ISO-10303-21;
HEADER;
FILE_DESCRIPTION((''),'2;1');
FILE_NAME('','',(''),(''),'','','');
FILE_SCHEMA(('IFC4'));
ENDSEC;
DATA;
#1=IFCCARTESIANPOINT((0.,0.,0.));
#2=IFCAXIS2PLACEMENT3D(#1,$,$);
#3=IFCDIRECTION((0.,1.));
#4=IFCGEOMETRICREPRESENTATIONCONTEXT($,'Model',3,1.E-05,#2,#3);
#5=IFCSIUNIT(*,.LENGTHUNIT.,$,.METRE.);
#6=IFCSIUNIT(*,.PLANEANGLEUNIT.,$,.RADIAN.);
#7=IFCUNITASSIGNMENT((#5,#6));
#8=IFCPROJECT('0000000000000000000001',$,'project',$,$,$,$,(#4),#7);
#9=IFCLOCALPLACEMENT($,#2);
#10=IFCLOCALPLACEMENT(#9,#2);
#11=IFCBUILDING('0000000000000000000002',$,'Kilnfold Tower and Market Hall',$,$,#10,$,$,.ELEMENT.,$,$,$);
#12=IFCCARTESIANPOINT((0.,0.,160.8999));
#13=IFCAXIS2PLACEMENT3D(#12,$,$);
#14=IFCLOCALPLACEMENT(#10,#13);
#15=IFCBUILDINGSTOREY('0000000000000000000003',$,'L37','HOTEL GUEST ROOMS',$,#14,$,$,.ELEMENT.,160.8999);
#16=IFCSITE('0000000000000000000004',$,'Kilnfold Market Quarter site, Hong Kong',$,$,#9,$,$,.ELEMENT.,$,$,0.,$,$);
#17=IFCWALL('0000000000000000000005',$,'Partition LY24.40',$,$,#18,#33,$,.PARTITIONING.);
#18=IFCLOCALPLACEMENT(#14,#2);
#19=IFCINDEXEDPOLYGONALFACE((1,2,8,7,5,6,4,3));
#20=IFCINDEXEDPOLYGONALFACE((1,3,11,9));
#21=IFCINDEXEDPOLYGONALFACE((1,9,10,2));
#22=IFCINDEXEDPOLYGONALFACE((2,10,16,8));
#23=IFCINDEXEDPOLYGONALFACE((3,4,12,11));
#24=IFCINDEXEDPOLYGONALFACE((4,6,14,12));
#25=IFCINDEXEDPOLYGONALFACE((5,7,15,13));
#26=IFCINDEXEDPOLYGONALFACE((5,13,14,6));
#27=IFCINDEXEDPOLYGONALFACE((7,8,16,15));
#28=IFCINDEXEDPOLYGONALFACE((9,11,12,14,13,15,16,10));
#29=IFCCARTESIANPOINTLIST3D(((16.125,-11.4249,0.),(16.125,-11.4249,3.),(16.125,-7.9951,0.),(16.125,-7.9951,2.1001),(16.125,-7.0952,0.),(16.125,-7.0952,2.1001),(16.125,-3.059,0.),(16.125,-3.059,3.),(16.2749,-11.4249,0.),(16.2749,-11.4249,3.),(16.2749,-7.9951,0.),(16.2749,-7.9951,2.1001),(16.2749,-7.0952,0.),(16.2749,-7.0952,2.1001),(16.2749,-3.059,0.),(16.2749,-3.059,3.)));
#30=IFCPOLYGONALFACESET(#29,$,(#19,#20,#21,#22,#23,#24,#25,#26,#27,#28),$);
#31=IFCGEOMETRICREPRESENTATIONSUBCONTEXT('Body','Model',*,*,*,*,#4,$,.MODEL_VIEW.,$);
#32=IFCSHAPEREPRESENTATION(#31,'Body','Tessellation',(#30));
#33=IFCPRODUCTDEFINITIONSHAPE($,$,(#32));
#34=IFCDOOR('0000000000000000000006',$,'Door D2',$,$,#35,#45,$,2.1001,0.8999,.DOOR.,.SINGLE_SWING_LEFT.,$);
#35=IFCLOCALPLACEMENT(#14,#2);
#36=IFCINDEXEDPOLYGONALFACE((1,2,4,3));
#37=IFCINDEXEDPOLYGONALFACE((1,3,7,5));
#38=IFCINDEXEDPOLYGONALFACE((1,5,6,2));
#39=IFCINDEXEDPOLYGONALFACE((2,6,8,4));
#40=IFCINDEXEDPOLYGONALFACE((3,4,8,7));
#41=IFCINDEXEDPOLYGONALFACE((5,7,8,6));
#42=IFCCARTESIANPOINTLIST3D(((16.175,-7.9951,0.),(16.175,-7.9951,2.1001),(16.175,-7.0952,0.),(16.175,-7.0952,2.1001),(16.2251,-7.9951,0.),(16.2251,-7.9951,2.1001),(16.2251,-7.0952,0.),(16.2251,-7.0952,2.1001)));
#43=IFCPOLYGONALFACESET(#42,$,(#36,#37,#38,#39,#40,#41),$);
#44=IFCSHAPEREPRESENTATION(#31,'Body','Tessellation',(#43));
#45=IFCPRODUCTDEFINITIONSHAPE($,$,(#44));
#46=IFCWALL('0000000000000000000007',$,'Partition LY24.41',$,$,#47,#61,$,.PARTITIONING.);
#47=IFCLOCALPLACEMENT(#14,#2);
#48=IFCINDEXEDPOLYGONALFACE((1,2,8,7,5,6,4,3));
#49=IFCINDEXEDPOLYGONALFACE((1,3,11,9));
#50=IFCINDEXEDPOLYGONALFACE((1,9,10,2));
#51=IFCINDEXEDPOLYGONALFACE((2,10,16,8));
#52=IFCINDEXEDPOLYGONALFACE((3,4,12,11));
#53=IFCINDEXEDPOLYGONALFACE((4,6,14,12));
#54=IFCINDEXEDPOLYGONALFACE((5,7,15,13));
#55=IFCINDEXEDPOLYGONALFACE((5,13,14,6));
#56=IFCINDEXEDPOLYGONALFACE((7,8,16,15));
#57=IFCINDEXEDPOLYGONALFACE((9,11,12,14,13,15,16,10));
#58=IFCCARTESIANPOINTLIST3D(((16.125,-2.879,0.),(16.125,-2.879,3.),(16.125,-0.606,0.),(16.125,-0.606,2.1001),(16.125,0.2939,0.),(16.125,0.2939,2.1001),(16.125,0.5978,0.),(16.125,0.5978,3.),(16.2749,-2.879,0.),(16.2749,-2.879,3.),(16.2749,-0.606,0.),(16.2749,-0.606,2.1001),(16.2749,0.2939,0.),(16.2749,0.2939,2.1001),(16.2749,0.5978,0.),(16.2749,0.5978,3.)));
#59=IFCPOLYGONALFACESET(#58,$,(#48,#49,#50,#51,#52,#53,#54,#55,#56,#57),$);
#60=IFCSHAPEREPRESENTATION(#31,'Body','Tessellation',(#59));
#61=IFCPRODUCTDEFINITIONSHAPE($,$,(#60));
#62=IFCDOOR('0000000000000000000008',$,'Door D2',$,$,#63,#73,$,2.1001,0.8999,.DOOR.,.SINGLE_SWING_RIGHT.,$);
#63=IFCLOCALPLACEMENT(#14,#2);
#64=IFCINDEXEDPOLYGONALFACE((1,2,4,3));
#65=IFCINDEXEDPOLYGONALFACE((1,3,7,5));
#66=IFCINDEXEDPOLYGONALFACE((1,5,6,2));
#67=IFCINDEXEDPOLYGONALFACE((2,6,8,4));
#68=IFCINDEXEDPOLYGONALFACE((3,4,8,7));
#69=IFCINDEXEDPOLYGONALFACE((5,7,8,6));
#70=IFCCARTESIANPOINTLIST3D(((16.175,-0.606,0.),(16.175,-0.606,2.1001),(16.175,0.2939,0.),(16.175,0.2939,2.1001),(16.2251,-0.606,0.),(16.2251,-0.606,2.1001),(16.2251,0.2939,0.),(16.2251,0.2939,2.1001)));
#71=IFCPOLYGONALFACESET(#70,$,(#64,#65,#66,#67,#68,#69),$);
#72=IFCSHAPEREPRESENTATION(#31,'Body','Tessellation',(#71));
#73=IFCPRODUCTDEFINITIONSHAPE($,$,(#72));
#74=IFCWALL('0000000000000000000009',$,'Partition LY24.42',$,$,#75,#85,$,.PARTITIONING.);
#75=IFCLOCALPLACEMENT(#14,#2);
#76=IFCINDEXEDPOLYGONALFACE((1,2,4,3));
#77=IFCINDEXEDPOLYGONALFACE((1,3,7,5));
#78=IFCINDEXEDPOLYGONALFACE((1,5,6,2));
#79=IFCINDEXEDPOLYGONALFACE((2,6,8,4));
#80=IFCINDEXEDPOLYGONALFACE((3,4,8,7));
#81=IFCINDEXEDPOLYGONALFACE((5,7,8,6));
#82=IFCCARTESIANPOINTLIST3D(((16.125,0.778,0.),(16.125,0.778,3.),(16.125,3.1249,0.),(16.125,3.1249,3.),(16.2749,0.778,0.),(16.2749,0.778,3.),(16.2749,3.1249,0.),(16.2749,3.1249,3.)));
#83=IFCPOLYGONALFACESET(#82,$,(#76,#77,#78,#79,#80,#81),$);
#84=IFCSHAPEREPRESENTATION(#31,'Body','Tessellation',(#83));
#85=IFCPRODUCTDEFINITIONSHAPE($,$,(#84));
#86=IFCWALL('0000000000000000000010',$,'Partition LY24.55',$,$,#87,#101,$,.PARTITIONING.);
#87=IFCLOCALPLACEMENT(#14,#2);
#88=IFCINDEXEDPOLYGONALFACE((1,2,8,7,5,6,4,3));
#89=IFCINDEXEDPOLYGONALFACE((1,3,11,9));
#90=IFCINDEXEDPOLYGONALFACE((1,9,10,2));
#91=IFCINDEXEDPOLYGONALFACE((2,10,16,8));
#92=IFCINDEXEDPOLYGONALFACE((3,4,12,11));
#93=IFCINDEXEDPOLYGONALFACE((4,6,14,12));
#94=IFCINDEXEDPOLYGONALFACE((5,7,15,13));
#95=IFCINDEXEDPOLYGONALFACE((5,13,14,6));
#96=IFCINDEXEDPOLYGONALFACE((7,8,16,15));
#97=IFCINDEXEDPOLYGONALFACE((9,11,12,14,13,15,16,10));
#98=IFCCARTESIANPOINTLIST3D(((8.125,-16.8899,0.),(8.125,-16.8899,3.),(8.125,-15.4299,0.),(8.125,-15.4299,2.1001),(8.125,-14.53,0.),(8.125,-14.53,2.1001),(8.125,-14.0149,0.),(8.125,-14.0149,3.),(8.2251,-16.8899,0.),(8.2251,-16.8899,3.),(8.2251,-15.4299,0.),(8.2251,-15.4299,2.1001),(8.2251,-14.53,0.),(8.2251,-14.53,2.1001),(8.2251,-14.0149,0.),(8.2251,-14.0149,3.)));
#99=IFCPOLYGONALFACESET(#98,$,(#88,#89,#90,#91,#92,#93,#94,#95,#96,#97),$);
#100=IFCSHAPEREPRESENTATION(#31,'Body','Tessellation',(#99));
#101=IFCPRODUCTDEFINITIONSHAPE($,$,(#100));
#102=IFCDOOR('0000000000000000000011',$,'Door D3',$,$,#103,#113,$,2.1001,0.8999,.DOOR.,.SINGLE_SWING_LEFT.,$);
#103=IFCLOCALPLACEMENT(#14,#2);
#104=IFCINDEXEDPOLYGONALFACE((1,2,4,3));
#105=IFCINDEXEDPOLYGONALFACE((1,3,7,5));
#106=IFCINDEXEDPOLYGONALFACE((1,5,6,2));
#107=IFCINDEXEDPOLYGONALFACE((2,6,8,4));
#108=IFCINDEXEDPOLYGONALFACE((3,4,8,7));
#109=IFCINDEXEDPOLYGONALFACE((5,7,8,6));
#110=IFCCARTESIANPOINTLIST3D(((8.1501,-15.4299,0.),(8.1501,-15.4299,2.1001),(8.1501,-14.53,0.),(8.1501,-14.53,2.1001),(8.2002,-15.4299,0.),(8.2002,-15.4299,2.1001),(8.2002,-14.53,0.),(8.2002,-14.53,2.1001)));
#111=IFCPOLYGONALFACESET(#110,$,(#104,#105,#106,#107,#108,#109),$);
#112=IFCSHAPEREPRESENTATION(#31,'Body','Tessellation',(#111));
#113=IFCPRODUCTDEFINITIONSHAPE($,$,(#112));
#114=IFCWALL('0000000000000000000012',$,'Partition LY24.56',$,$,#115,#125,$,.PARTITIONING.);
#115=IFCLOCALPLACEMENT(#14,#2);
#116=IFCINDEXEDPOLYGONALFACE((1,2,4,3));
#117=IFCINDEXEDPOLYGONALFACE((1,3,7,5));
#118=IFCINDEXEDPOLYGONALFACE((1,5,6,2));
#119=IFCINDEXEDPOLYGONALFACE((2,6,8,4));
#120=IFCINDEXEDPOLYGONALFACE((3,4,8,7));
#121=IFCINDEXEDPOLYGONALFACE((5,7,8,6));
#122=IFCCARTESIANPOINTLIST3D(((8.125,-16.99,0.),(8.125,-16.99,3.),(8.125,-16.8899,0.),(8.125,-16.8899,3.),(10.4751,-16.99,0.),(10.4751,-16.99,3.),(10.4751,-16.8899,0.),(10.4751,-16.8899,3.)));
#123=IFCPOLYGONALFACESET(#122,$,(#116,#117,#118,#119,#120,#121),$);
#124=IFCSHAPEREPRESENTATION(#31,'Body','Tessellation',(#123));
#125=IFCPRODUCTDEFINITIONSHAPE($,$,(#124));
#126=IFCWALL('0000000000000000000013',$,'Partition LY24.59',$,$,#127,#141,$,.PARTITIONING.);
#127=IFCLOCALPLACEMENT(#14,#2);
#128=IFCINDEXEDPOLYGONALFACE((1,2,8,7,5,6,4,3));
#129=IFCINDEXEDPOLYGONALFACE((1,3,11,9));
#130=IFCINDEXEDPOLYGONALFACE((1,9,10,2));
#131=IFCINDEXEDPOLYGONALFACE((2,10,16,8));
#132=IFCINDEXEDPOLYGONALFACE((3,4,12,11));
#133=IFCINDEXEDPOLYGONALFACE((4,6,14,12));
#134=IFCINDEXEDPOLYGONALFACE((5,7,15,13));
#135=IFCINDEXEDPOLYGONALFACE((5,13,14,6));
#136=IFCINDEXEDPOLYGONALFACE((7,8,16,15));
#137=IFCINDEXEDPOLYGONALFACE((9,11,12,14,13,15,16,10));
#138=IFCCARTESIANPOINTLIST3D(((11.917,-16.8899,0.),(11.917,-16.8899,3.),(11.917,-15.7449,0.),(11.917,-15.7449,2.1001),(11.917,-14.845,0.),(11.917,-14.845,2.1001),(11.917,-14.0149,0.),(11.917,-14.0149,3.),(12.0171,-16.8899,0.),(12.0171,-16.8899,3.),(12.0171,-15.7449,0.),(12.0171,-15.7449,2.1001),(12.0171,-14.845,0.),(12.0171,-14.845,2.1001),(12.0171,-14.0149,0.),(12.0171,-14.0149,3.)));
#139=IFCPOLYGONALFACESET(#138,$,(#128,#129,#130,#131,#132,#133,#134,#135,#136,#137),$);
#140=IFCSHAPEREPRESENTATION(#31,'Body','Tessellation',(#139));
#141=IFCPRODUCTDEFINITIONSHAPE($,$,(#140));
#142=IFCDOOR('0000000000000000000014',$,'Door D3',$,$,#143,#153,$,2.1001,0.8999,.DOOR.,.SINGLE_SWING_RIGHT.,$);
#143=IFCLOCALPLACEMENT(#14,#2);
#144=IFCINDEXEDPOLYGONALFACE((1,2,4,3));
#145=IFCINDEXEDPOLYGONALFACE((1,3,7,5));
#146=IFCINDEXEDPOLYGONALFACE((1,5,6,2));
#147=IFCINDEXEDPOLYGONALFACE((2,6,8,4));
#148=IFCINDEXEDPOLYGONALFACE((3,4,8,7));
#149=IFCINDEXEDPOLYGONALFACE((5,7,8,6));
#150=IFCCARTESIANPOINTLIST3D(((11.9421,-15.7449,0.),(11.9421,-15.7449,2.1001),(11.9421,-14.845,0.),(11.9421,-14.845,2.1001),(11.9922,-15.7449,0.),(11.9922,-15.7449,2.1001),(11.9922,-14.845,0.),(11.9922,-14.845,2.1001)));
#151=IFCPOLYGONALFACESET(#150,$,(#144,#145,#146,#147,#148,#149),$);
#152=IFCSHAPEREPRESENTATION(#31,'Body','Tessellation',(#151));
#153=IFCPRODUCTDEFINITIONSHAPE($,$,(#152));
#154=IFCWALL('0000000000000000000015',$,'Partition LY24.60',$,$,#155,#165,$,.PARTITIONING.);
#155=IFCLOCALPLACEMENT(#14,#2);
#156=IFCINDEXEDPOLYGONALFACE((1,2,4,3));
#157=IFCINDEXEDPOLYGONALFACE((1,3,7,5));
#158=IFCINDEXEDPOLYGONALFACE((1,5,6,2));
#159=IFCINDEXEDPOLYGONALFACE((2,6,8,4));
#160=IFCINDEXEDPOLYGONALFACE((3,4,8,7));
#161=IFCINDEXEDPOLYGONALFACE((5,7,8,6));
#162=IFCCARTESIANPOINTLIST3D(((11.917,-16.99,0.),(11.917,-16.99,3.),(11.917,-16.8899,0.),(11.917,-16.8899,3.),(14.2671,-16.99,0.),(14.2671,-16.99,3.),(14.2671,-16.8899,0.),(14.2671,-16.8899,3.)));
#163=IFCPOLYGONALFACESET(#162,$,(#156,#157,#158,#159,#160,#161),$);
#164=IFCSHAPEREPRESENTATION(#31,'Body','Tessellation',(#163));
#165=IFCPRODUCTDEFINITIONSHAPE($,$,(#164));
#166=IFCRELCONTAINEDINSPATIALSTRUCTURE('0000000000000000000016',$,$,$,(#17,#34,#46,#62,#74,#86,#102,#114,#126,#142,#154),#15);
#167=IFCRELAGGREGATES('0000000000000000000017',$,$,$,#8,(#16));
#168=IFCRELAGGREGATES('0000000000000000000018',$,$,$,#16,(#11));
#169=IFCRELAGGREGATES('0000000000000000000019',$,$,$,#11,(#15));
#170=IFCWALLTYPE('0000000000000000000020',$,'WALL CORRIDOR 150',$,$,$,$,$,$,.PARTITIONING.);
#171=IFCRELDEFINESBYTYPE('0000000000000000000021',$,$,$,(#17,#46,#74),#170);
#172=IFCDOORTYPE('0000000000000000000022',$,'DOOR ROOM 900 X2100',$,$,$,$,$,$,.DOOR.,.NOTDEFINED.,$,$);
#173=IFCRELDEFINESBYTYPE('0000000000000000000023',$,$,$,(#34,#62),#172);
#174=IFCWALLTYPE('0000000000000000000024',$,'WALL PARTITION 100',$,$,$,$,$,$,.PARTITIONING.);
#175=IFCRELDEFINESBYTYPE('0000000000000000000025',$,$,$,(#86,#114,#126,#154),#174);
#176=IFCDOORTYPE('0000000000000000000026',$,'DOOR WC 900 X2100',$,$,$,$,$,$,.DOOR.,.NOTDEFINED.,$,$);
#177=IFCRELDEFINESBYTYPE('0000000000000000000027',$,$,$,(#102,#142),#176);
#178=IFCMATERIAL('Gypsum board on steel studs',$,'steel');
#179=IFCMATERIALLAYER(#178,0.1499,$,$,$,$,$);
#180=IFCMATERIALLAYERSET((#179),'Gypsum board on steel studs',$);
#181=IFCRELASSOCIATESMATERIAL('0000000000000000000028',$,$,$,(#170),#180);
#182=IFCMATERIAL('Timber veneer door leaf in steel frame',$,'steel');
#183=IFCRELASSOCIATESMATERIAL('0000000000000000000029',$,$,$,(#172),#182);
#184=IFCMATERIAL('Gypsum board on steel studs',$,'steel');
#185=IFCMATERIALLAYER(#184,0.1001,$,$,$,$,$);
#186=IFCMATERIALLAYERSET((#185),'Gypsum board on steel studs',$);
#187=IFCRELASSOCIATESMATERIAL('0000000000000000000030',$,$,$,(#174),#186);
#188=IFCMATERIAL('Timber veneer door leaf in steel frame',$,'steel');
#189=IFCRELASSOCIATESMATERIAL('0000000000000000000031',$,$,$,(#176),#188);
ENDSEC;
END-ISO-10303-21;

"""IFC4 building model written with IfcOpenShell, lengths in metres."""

from ifc_helpers import new_model, si_unit, direction, frame, frame_2d, origin, place, context, subcontext, project, spatial, rectangle, extrude, material, layer, layer_set, type_object, element, fill, save


model = new_model("IFC4")

# Units and contexts
model_context = context("Model", 3, precision=1e-05, world=origin(), true_north=direction((0.0, 1.0)))
body_context = subcontext(model_context, "Body", "Model", "MODEL_VIEW")
ifc_project = project(units=[si_unit("LENGTHUNIT", "METRE"), si_unit("PLANEANGLEUNIT", "RADIAN")], contexts=[model_context])

# Site, building, storey
site_placement = place(None, origin())
site = spatial("IfcSite", under=ifc_project, at=site_placement, Name="Kilnfold Market Quarter site, Hong Kong", CompositionType="ELEMENT", RefElevation=0.0)
building_placement = place(site_placement, origin())
building = spatial("IfcBuilding", under=site, at=building_placement, Name="Kilnfold Tower and Market Hall", CompositionType="ELEMENT")
storey_placement = place(building_placement, frame((0.0, 0.0, 160.8999)))
storey = spatial("IfcBuildingStorey", under=building, at=storey_placement, Name="L37", Description="HOTEL GUEST ROOMS", CompositionType="ELEMENT", Elevation=160.8999)

# Shared definitions
ifc_material_1 = material(Name="Gypsum board on steel studs", Category="steel")
ifc_layer_1 = layer(ifc_material_1, 0.1499)
ifc_layer_set_1 = layer_set([ifc_layer_1], Name="Gypsum board on steel studs")
wall_type_1 = type_object("IfcWallType", Name="WALL CORRIDOR 150", PredefinedType="PARTITIONING", material=ifc_layer_set_1)
ifc_material_2 = material(Name="Timber veneer door leaf in steel frame", Category="steel")
door_type_1 = type_object("IfcDoorType", Name="DOOR ROOM 900 X2100", OperationType="NOTDEFINED", PredefinedType="DOOR", material=ifc_material_2)

# Walls, openings, doors
wall_1_placement = place(storey_placement, frame((16.2, -11.425, 0.0), z_axis=(0.0, 0.0, 1.0), x_axis=(0.0, 1.0, 0.0)))
wall_1 = element("IfcWall", 1, at=wall_1_placement, inside=storey, type_object=wall_type_1, Name="Partition LY24.40", PredefinedType="PARTITIONING", context=body_context, shape_type="SweptSolid", body=[
    extrude(rectangle(XDim=8.366, YDim=0.1499, at=frame_2d((4.1831, 0.0))), origin(), (0.0, 0.0, 1.0), 3.0),
])
opening_1_placement = place(wall_1_placement, frame((3.4299, 0.0, 0.0)))
opening_1 = element("IfcOpeningElement", 2, at=opening_1_placement, cuts=wall_1, PredefinedType="OPENING", context=body_context, shape_type="SweptSolid", body=[
    extrude(rectangle(XDim=0.8999, YDim=2.1001, at=frame_2d((0.45, 1.05))), frame((0.0, 0.085, 0.0), z_axis=(0.0, -1.0, 0.0), x_axis=(1.0, 0.0, 0.0)), (0.0, 0.0, 1.0), 0.1699),
])
door_1_placement = place(opening_1_placement, origin())
door_1 = element("IfcDoor", 3, at=door_1_placement, inside=storey, type_object=door_type_1, Name="Door D2", OperationType="SINGLE_SWING_LEFT", OverallHeight=2.1001, OverallWidth=0.8999, PredefinedType="DOOR", context=body_context, shape_type="SweptSolid", body=[
    extrude(rectangle(XDim=0.8999, YDim=2.1001, at=frame_2d((0.45, 1.05))), frame((0.0, 0.0249, 0.0), z_axis=(0.0, -1.0, 0.0), x_axis=(1.0, 0.0, 0.0)), (0.0, 0.0, 1.0), 0.05),
])
fill(opening_1, door_1)
wall_2_placement = place(storey_placement, frame((16.2, -2.8789, 0.0), z_axis=(0.0, 0.0, 1.0), x_axis=(0.0, 1.0, 0.0)))
wall_2 = element("IfcWall", 4, at=wall_2_placement, inside=storey, type_object=wall_type_1, Name="Partition LY24.41", PredefinedType="PARTITIONING", context=body_context, shape_type="SweptSolid", body=[
    extrude(rectangle(XDim=3.4768, YDim=0.1499, at=frame_2d((1.7383, 0.0))), origin(), (0.0, 0.0, 1.0), 3.0),
])
opening_2_placement = place(wall_2_placement, frame((2.2729, 0.0, 0.0)))
opening_2 = element("IfcOpeningElement", 5, at=opening_2_placement, cuts=wall_2, PredefinedType="OPENING", context=body_context, shape_type="SweptSolid", body=[
    extrude(rectangle(XDim=0.8999, YDim=2.1001, at=frame_2d((0.45, 1.05))), frame((0.0, 0.085, 0.0), z_axis=(0.0, -1.0, 0.0), x_axis=(1.0, 0.0, 0.0)), (0.0, 0.0, 1.0), 0.1699),
])
door_2_placement = place(opening_2_placement, origin())
door_2 = element("IfcDoor", 6, at=door_2_placement, inside=storey, type_object=door_type_1, Name="Door D2", OperationType="SINGLE_SWING_RIGHT", OverallHeight=2.1001, OverallWidth=0.8999, PredefinedType="DOOR", context=body_context, shape_type="SweptSolid", body=[
    extrude(rectangle(XDim=0.8999, YDim=2.1001, at=frame_2d((0.45, 1.05))), frame((0.0, 0.0249, 0.0), z_axis=(0.0, -1.0, 0.0), x_axis=(1.0, 0.0, 0.0)), (0.0, 0.0, 1.0), 0.05),
])
fill(opening_2, door_2)

# Wall
wall_3_placement = place(storey_placement, frame((16.2, 0.7781, 0.0), z_axis=(0.0, 0.0, 1.0), x_axis=(0.0, 1.0, 0.0)))
element("IfcWall", 7, at=wall_3_placement, inside=storey, type_object=wall_type_1, Name="Partition LY24.42", PredefinedType="PARTITIONING", context=body_context, shape_type="SweptSolid", body=[
    extrude(rectangle(XDim=2.3469, YDim=0.1499, at=frame_2d((1.1733, 0.0))), origin(), (0.0, 0.0, 1.0), 3.0),
])

# Wall, opening, door
ifc_material_3 = material(Name="Gypsum board on steel studs", Category="steel")
ifc_layer_2 = layer(ifc_material_3, 0.1001)
ifc_layer_set_2 = layer_set([ifc_layer_2], Name="Gypsum board on steel studs")
wall_type_2 = type_object("IfcWallType", Name="WALL PARTITION 100", PredefinedType="PARTITIONING", material=ifc_layer_set_2)
wall_4_placement = place(storey_placement, frame((8.175, -16.8899, 0.0), z_axis=(0.0, 0.0, 1.0), x_axis=(0.0, 1.0, 0.0)))
wall_4 = element("IfcWall", 8, at=wall_4_placement, inside=storey, type_object=wall_type_2, Name="Partition LY24.55", PredefinedType="PARTITIONING", context=body_context, shape_type="SweptSolid", body=[
    extrude(rectangle(XDim=2.875, YDim=0.1001, at=frame_2d((1.4375, 0.0))), origin(), (0.0, 0.0, 1.0), 3.0),
])
opening_3_placement = place(wall_4_placement, frame((1.46, 0.0, 0.0)))
opening_3 = element("IfcOpeningElement", 9, at=opening_3_placement, cuts=wall_4, PredefinedType="OPENING", context=body_context, shape_type="SweptSolid", body=[
    extrude(rectangle(XDim=0.8999, YDim=2.1001, at=frame_2d((0.45, 1.05))), frame((0.0, 0.0601, 0.0), z_axis=(0.0, -1.0, 0.0), x_axis=(1.0, 0.0, 0.0)), (0.0, 0.0, 1.0), 0.1201),
])
ifc_material_4 = material(Name="Timber veneer door leaf in steel frame", Category="steel")
door_type_2 = type_object("IfcDoorType", Name="DOOR WC 900 X2100", OperationType="NOTDEFINED", PredefinedType="DOOR", material=ifc_material_4)
door_3_placement = place(opening_3_placement, origin())
door_3 = element("IfcDoor", 10, at=door_3_placement, inside=storey, type_object=door_type_2, Name="Door D3", OperationType="SINGLE_SWING_LEFT", OverallHeight=2.1001, OverallWidth=0.8999, PredefinedType="DOOR", context=body_context, shape_type="SweptSolid", body=[
    extrude(rectangle(XDim=0.8999, YDim=2.1001, at=frame_2d((0.45, 1.05))), frame((0.0, 0.0249, 0.0), z_axis=(0.0, -1.0, 0.0), x_axis=(1.0, 0.0, 0.0)), (0.0, 0.0, 1.0), 0.05),
])
fill(opening_3, door_3)

# Wall
wall_5_placement = place(storey_placement, frame((8.125, -16.9399, 0.0), z_axis=(0.0, 0.0, 1.0), x_axis=(1.0, 0.0, 0.0)))
element("IfcWall", 11, at=wall_5_placement, inside=storey, type_object=wall_type_2, Name="Partition LY24.56", PredefinedType="PARTITIONING", context=body_context, shape_type="SweptSolid", body=[
    extrude(rectangle(XDim=2.3501, YDim=0.1001, at=frame_2d((1.175, 0.0))), origin(), (0.0, 0.0, 1.0), 3.0),
])

# Wall, opening, door
wall_6_placement = place(storey_placement, frame((11.967, -16.8899, 0.0), z_axis=(0.0, 0.0, 1.0), x_axis=(0.0, 1.0, 0.0)))
wall_6 = element("IfcWall", 12, at=wall_6_placement, inside=storey, type_object=wall_type_2, Name="Partition LY24.59", PredefinedType="PARTITIONING", context=body_context, shape_type="SweptSolid", body=[
    extrude(rectangle(XDim=2.875, YDim=0.1001, at=frame_2d((1.4375, 0.0))), origin(), (0.0, 0.0, 1.0), 3.0),
])
opening_4_placement = place(wall_6_placement, frame((1.145, 0.0, 0.0)))
opening_4 = element("IfcOpeningElement", 13, at=opening_4_placement, cuts=wall_6, PredefinedType="OPENING", context=body_context, shape_type="SweptSolid", body=[
    extrude(rectangle(XDim=0.8999, YDim=2.1001, at=frame_2d((0.45, 1.05))), frame((0.0, 0.0601, 0.0), z_axis=(0.0, -1.0, 0.0), x_axis=(1.0, 0.0, 0.0)), (0.0, 0.0, 1.0), 0.1201),
])
door_4_placement = place(opening_4_placement, origin())
door_4 = element("IfcDoor", 14, at=door_4_placement, inside=storey, type_object=door_type_2, Name="Door D3", OperationType="SINGLE_SWING_RIGHT", OverallHeight=2.1001, OverallWidth=0.8999, PredefinedType="DOOR", context=body_context, shape_type="SweptSolid", body=[
    extrude(rectangle(XDim=0.8999, YDim=2.1001, at=frame_2d((0.45, 1.05))), frame((0.0, 0.0249, 0.0), z_axis=(0.0, -1.0, 0.0), x_axis=(1.0, 0.0, 0.0)), (0.0, 0.0, 1.0), 0.05),
])
fill(opening_4, door_4)

# Wall
wall_7_placement = place(storey_placement, frame((11.917, -16.9399, 0.0), z_axis=(0.0, 0.0, 1.0), x_axis=(1.0, 0.0, 0.0)))
element("IfcWall", 15, at=wall_7_placement, inside=storey, type_object=wall_type_2, Name="Partition LY24.60", PredefinedType="PARTITIONING", context=body_context, shape_type="SweptSolid", body=[
    extrude(rectangle(XDim=2.3501, YDim=0.1001, at=frame_2d((1.175, 0.0))), origin(), (0.0, 0.0, 1.0), 3.0),
])

save(model, "model.ifc")
